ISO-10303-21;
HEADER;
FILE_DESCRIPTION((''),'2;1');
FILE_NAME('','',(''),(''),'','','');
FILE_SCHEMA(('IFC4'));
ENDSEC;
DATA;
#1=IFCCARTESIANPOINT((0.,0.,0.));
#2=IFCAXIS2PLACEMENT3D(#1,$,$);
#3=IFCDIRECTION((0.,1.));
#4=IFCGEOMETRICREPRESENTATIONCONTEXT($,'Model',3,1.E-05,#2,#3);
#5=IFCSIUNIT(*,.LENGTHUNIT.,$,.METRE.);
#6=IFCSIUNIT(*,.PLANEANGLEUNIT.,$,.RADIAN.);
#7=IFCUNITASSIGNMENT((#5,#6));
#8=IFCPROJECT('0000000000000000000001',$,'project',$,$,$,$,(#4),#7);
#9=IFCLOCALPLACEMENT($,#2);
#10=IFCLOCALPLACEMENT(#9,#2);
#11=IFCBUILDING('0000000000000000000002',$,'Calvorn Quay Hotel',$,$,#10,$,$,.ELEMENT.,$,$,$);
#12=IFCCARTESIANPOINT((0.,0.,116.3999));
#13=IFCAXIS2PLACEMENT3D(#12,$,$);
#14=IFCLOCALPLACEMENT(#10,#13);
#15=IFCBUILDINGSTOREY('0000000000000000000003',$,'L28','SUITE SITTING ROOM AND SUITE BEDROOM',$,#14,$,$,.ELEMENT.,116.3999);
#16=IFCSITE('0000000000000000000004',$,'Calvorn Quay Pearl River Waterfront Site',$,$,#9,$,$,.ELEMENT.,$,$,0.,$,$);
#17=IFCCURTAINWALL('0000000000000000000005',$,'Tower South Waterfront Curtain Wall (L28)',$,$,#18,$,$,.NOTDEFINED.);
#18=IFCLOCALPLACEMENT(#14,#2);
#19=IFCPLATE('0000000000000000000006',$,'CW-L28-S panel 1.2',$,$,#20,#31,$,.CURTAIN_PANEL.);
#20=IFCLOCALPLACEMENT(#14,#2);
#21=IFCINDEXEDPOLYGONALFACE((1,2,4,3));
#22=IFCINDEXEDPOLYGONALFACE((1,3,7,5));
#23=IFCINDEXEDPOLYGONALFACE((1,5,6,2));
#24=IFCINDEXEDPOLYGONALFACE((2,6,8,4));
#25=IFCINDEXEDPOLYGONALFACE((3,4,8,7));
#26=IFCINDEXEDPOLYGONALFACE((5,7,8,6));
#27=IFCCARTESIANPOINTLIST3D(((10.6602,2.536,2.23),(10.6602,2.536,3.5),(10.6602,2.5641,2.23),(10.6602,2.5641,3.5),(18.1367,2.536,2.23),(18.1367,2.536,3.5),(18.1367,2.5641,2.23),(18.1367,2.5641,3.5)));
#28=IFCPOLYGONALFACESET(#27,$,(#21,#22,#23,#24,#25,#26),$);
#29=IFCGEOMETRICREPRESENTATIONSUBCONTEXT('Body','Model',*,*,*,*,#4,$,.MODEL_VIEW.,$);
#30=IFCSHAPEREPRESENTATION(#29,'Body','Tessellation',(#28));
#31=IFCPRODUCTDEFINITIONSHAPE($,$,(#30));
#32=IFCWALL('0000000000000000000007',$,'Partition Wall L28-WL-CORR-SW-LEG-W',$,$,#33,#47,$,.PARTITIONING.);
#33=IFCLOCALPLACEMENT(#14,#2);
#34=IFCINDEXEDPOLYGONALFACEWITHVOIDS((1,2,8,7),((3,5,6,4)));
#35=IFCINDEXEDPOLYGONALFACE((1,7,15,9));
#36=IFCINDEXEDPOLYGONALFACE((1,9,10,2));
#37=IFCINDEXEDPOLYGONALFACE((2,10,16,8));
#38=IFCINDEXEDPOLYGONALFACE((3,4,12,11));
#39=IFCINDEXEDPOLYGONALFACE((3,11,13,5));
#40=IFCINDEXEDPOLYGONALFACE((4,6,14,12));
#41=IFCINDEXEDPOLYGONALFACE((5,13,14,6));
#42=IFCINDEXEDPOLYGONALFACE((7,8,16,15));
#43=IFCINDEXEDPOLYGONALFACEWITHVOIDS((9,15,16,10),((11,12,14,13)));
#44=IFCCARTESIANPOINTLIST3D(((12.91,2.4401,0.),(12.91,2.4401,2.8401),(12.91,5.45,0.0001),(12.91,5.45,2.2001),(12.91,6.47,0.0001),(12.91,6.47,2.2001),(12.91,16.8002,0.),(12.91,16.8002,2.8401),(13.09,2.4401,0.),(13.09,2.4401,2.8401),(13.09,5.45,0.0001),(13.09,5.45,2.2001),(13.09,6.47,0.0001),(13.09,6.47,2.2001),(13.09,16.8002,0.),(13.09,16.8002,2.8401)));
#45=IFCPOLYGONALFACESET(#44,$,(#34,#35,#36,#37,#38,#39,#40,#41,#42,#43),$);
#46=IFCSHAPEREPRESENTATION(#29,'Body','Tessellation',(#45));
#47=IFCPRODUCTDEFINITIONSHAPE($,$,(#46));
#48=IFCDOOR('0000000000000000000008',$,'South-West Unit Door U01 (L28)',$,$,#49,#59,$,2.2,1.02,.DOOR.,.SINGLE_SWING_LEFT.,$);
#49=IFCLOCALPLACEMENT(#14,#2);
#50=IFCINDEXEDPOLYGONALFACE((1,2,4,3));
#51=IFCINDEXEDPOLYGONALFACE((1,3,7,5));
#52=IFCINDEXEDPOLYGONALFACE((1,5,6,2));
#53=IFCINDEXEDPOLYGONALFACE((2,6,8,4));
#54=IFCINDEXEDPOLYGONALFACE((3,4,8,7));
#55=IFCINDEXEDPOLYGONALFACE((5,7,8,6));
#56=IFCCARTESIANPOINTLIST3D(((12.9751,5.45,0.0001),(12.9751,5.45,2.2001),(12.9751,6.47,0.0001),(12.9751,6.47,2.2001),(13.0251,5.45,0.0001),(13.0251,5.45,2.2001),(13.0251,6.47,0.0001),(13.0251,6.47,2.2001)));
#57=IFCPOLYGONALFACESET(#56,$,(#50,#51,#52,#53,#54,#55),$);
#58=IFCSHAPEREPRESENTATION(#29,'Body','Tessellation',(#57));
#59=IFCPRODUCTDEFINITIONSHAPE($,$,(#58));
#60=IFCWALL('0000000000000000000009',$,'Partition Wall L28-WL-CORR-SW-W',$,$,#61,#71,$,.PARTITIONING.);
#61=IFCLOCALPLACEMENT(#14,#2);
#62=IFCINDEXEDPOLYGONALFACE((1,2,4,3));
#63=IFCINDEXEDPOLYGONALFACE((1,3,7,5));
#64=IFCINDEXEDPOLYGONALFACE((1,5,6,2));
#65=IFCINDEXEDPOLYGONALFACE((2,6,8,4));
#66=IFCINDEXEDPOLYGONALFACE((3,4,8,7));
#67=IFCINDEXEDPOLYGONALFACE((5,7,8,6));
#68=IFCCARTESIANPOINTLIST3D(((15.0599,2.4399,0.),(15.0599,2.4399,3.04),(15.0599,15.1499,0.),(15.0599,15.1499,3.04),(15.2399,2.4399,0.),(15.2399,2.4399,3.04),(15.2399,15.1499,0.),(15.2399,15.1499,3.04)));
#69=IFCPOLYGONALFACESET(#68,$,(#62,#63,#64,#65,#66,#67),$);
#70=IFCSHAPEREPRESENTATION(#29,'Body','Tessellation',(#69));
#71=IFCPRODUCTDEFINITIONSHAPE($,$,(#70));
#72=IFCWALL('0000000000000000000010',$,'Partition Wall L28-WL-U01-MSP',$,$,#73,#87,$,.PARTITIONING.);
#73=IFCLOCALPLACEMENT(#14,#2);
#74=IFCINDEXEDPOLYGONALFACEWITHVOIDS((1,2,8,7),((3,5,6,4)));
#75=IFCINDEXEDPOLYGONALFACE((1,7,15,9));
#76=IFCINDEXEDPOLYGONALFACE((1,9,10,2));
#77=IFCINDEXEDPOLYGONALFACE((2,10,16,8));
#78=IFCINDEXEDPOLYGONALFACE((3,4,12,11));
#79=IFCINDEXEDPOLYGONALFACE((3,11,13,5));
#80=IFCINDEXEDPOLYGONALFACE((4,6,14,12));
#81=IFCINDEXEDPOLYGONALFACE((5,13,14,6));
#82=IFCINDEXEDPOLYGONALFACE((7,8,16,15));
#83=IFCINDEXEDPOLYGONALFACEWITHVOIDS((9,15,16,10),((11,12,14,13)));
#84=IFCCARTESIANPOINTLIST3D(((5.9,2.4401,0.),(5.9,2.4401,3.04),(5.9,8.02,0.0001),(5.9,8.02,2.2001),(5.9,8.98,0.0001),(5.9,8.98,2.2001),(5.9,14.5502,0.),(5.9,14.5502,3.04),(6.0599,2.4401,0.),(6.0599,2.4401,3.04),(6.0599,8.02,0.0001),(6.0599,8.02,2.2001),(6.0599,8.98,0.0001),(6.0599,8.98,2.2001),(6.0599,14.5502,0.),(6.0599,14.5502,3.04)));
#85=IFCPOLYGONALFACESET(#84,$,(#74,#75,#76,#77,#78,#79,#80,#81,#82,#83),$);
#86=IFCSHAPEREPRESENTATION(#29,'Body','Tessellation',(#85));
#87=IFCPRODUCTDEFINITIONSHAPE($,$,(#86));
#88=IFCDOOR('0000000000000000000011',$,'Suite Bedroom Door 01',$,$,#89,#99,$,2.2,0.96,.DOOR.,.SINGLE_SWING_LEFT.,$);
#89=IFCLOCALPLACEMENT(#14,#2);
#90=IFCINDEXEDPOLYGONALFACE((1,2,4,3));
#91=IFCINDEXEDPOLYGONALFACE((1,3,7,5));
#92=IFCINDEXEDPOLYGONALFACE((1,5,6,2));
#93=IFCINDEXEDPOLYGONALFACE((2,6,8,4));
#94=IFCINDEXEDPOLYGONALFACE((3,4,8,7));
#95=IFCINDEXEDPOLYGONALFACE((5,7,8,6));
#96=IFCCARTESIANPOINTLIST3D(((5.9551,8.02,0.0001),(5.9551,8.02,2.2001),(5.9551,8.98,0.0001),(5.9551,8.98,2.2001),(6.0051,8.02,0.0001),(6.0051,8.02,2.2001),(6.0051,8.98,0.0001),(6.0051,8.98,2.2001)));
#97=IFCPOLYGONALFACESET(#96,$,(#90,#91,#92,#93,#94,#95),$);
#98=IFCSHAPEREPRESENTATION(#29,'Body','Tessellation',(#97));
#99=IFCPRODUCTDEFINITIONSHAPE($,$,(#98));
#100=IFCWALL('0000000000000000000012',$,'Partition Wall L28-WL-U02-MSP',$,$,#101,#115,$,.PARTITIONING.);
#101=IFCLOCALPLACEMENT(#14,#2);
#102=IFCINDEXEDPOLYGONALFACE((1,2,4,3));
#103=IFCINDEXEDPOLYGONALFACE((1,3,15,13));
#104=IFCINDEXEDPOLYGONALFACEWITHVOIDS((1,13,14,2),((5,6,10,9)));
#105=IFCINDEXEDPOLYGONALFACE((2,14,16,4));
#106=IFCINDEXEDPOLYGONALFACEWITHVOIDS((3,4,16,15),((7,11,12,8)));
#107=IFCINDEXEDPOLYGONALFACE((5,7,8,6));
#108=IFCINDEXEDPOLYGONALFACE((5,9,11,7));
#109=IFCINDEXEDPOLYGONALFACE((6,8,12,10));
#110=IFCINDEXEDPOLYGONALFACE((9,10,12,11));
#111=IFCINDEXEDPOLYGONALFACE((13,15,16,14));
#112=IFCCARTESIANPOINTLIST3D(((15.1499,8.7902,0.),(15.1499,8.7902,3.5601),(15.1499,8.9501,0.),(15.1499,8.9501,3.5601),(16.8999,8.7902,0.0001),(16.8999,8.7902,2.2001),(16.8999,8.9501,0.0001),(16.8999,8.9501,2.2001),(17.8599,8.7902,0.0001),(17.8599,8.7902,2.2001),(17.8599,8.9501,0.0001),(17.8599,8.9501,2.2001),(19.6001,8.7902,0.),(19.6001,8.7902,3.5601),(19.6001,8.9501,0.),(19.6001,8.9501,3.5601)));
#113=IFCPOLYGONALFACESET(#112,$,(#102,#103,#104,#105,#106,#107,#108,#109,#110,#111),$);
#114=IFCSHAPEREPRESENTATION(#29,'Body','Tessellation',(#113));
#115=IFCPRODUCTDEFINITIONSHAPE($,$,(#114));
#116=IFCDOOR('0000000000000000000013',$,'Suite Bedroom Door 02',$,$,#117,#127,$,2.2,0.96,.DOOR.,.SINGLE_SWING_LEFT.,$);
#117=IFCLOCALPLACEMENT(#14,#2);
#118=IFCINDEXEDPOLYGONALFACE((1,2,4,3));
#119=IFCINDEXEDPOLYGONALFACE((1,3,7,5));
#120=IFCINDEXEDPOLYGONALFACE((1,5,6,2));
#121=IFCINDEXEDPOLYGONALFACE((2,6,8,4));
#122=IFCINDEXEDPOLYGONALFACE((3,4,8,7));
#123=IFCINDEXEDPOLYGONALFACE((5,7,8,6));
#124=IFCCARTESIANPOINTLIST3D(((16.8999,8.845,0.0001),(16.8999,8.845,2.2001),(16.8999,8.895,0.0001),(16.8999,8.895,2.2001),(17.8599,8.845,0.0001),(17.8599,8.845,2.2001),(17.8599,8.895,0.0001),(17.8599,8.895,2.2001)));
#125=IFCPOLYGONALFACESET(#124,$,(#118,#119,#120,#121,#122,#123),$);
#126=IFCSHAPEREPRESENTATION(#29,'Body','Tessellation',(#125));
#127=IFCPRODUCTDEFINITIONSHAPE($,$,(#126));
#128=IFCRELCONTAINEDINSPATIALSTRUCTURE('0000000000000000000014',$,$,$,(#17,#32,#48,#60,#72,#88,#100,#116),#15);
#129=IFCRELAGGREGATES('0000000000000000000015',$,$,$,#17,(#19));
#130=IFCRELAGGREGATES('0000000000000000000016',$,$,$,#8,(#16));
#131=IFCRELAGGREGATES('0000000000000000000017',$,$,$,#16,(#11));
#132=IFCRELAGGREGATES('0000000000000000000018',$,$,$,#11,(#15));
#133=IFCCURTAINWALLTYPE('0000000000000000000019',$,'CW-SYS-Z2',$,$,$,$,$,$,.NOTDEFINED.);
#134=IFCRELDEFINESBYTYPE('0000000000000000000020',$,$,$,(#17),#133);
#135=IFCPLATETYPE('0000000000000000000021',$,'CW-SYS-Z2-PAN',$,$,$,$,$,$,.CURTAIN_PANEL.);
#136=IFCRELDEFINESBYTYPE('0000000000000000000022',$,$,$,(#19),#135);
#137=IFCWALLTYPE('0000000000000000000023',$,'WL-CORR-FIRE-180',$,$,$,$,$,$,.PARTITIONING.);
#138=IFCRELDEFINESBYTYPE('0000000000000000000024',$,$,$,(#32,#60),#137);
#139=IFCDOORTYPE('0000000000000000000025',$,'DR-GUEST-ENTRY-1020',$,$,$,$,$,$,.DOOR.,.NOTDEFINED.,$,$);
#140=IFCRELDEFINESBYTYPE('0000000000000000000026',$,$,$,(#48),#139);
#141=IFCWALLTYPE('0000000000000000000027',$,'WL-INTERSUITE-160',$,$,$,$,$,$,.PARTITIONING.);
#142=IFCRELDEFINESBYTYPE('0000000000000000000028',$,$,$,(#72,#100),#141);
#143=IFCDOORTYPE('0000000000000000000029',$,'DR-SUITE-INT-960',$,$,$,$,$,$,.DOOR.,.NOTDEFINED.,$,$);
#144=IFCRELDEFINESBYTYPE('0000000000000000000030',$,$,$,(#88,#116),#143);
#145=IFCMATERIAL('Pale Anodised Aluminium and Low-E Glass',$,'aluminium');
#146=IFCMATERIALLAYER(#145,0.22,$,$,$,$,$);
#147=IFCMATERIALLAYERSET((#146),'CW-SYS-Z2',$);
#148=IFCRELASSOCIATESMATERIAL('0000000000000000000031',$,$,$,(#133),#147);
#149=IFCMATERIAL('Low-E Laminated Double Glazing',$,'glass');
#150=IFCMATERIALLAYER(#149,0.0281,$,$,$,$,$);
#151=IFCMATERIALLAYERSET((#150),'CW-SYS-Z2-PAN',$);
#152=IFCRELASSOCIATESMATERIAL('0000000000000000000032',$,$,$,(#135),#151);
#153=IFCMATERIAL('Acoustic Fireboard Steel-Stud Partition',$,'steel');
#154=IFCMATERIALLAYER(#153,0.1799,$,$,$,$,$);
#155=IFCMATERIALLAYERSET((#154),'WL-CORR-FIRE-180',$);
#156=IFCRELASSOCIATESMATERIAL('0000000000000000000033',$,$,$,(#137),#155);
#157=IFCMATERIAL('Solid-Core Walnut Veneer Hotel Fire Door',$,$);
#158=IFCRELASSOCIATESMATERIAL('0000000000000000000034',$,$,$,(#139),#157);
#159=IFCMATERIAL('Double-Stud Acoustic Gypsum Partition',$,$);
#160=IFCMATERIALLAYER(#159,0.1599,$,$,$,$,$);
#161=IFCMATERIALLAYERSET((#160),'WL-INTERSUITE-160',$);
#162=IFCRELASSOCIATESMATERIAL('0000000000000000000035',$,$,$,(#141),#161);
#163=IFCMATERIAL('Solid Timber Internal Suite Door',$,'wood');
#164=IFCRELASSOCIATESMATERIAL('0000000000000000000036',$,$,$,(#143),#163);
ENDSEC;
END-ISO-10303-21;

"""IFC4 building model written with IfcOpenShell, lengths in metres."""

from ifc_helpers import new_model, si_unit, direction, frame, frame_2d, origin, origin_2d, place, context, subcontext, project, spatial, rectangle, extrude, material, layer, layer_set, type_object, element, fill, aggregate, save


model = new_model("IFC4")

# Units and contexts
model_context = context("Model", 3, precision=1e-05, world=origin(), true_north=direction((0.0, 1.0)))
body_context = subcontext(model_context, "Body", "Model", "MODEL_VIEW")
ifc_project = project(units=[si_unit("LENGTHUNIT", "METRE"), si_unit("PLANEANGLEUNIT", "RADIAN")], contexts=[model_context])

# Site, building, storey
site_placement = place(None, origin())
site = spatial("IfcSite", under=ifc_project, at=site_placement, Name="Calvorn Quay Pearl River Waterfront Site", CompositionType="ELEMENT", RefElevation=0.0)
building_placement = place(site_placement, origin())
building = spatial("IfcBuilding", under=site, at=building_placement, Name="Calvorn Quay Hotel", CompositionType="ELEMENT")
storey_placement = place(building_placement, frame((0.0, 0.0, 116.3999)))
storey = spatial("IfcBuildingStorey", under=building, at=storey_placement, Name="L28", Description="SUITE SITTING ROOM AND SUITE BEDROOM", CompositionType="ELEMENT", Elevation=116.3999)

# Curtain wall, plate
ifc_material_1 = material(Name="Pale Anodised Aluminium and Low-E Glass", Category="aluminium")
ifc_layer_1 = layer(ifc_material_1, 0.22)
ifc_layer_set_1 = layer_set([ifc_layer_1], Name="CW-SYS-Z2")
curtain_wall_type = type_object("IfcCurtainWallType", Name="CW-SYS-Z2", PredefinedType="NOTDEFINED", material=ifc_layer_set_1)
curtain_wall_placement = place(storey_placement, origin())
curtain_wall = element("IfcCurtainWall", 1, at=curtain_wall_placement, inside=storey, type_object=curtain_wall_type, Name="Tower South Waterfront Curtain Wall (L28)", PredefinedType="NOTDEFINED")
ifc_material_2 = material(Name="Low-E Laminated Double Glazing", Category="glass")
ifc_layer_2 = layer(ifc_material_2, 0.0281)
ifc_layer_set_2 = layer_set([ifc_layer_2], Name="CW-SYS-Z2-PAN")
plate_type = type_object("IfcPlateType", Name="CW-SYS-Z2-PAN", PredefinedType="CURTAIN_PANEL", material=ifc_layer_set_2)
plate_1_placement = place(storey_placement, frame((14.3984, 2.55, 2.23), z_axis=(0.0, 0.0, 1.0), x_axis=(1.0, 0.0, 0.0)))
plate_1 = element("IfcPlate", 2, at=plate_1_placement, type_object=plate_type, Name="CW-L28-S panel 1.2", PredefinedType="CURTAIN_PANEL", context=body_context, shape_type="SweptSolid", body=[
    extrude(rectangle(XDim=7.4766, YDim=0.0281, at=origin_2d()), origin(), (0.0, 0.0, 1.0), 1.27),
])
aggregate(curtain_wall, [plate_1])

# Wall, opening, door
ifc_material_3 = material(Name="Acoustic Fireboard Steel-Stud Partition", Category="steel")
ifc_layer_3 = layer(ifc_material_3, 0.1799)
ifc_layer_set_3 = layer_set([ifc_layer_3], Name="WL-CORR-FIRE-180")
wall_type_1 = type_object("IfcWallType", Name="WL-CORR-FIRE-180", PredefinedType="PARTITIONING", material=ifc_layer_set_3)
wall_1_placement = place(storey_placement, frame((13.0, 2.4399, 0.0), z_axis=(0.0, 0.0, 1.0), x_axis=(0.0, 1.0, 0.0)))
wall_1 = element("IfcWall", 3, at=wall_1_placement, inside=storey, type_object=wall_type_1, Name="Partition Wall L28-WL-CORR-SW-LEG-W", PredefinedType="PARTITIONING", context=body_context, shape_type="SweptSolid", body=[
    extrude(rectangle(XDim=14.3601, YDim=0.1799, at=frame_2d((7.1802, 0.0))), origin(), (0.0, 0.0, 1.0), 2.8401),
])
opening_1_placement = place(wall_1_placement, frame((3.01, 0.0, 0.0)))
opening_1 = element("IfcOpeningElement", 4, at=opening_1_placement, cuts=wall_1, PredefinedType="OPENING", context=body_context, shape_type="SweptSolid", body=[
    extrude(rectangle(XDim=1.02, YDim=2.2, at=frame_2d((0.51, 1.1001))), frame((0.0, 0.0999, 0.0), z_axis=(0.0, -1.0, 0.0), x_axis=(1.0, 0.0, 0.0)), (0.0, 0.0, 1.0), 0.2),
])
ifc_material_4 = material(Name="Solid-Core Walnut Veneer Hotel Fire Door")
door_type_1 = type_object("IfcDoorType", Name="DR-GUEST-ENTRY-1020", OperationType="NOTDEFINED", PredefinedType="DOOR", material=ifc_material_4)
door_1_placement = place(opening_1_placement, origin())
door_1 = element("IfcDoor", 5, at=door_1_placement, inside=storey, type_object=door_type_1, Name="South-West Unit Door U01 (L28)", OperationType="SINGLE_SWING_LEFT", OverallHeight=2.2, OverallWidth=1.02, PredefinedType="DOOR", context=body_context, shape_type="SweptSolid", body=[
    extrude(rectangle(XDim=1.02, YDim=2.2, at=frame_2d((0.51, 1.1001))), frame((0.0, 0.0249, 0.0), z_axis=(0.0, -1.0, 0.0), x_axis=(1.0, 0.0, 0.0)), (0.0, 0.0, 1.0), 0.05),
])
fill(opening_1, door_1)

# Wall
wall_2_placement = place(storey_placement, frame((15.1499, 2.4399, 0.0), z_axis=(0.0, 0.0, 1.0), x_axis=(0.0, 1.0, 0.0)))
element("IfcWall", 6, at=wall_2_placement, inside=storey, type_object=wall_type_1, Name="Partition Wall L28-WL-CORR-SW-W", PredefinedType="PARTITIONING", context=body_context, shape_type="SweptSolid", body=[
    extrude(rectangle(XDim=12.71, YDim=0.1799, at=frame_2d((6.355, 0.0))), origin(), (0.0, 0.0, 1.0), 3.04),
])

# Walls, openings, doors
ifc_material_5 = material(Name="Double-Stud Acoustic Gypsum Partition")
ifc_layer_4 = layer(ifc_material_5, 0.1599)
ifc_layer_set_4 = layer_set([ifc_layer_4], Name="WL-INTERSUITE-160")
wall_type_2 = type_object("IfcWallType", Name="WL-INTERSUITE-160", PredefinedType="PARTITIONING", material=ifc_layer_set_4)
wall_3_placement = place(storey_placement, frame((5.98, 2.4399, 0.0), z_axis=(0.0, 0.0, 1.0), x_axis=(0.0, 1.0, 0.0)))
wall_3 = element("IfcWall", 7, at=wall_3_placement, inside=storey, type_object=wall_type_2, Name="Partition Wall L28-WL-U01-MSP", PredefinedType="PARTITIONING", context=body_context, shape_type="SweptSolid", body=[
    extrude(rectangle(XDim=12.1101, YDim=0.1599, at=frame_2d((6.0552, 0.0))), origin(), (0.0, 0.0, 1.0), 3.04),
])
opening_2_placement = place(wall_3_placement, frame((5.5801, 0.0, 0.0)))
opening_2 = element("IfcOpeningElement", 8, at=opening_2_placement, cuts=wall_3, PredefinedType="OPENING", context=body_context, shape_type="SweptSolid", body=[
    extrude(rectangle(XDim=0.96, YDim=2.2, at=frame_2d((0.48, 1.1001))), frame((0.0, 0.0898, 0.0), z_axis=(0.0, -1.0, 0.0), x_axis=(1.0, 0.0, 0.0)), (0.0, 0.0, 1.0), 0.1799),
])
ifc_material_6 = material(Name="Solid Timber Internal Suite Door", Category="wood")
door_type_2 = type_object("IfcDoorType", Name="DR-SUITE-INT-960", OperationType="NOTDEFINED", PredefinedType="DOOR", material=ifc_material_6)
door_2_placement = place(opening_2_placement, origin())
door_2 = element("IfcDoor", 9, at=door_2_placement, inside=storey, type_object=door_type_2, Name="Suite Bedroom Door 01", OperationType="SINGLE_SWING_LEFT", OverallHeight=2.2, OverallWidth=0.96, PredefinedType="DOOR", context=body_context, shape_type="SweptSolid", body=[
    extrude(rectangle(XDim=0.96, YDim=2.2, at=frame_2d((0.48, 1.1001))), frame((0.0, 0.0249, 0.0), z_axis=(0.0, -1.0, 0.0), x_axis=(1.0, 0.0, 0.0)), (0.0, 0.0, 1.0), 0.05),
])
fill(opening_2, door_2)
wall_4_placement = place(storey_placement, frame((15.1499, 8.8701, 0.0), z_axis=(0.0, 0.0, 1.0), x_axis=(1.0, 0.0, 0.0)))
wall_4 = element("IfcWall", 10, at=wall_4_placement, inside=storey, type_object=wall_type_2, Name="Partition Wall L28-WL-U02-MSP", PredefinedType="PARTITIONING", context=body_context, shape_type="SweptSolid", body=[
    extrude(rectangle(XDim=4.4502, YDim=0.1599, at=frame_2d((2.2251, 0.0))), origin(), (0.0, 0.0, 1.0), 3.5601),
])
opening_3_placement = place(wall_4_placement, frame((1.75, 0.0, 0.0)))
opening_3 = element("IfcOpeningElement", 11, at=opening_3_placement, cuts=wall_4, PredefinedType="OPENING", context=body_context, shape_type="SweptSolid", body=[
    extrude(rectangle(XDim=0.96, YDim=2.2, at=frame_2d((0.48, 1.1001))), frame((0.0, 0.0898, 0.0), z_axis=(0.0, -1.0, 0.0), x_axis=(1.0, 0.0, 0.0)), (0.0, 0.0, 1.0), 0.1799),
])
door_3_placement = place(opening_3_placement, origin())
door_3 = element("IfcDoor", 12, at=door_3_placement, inside=storey, type_object=door_type_2, Name="Suite Bedroom Door 02", OperationType="SINGLE_SWING_LEFT", OverallHeight=2.2, OverallWidth=0.96, PredefinedType="DOOR", context=body_context, shape_type="SweptSolid", body=[
    extrude(rectangle(XDim=0.96, YDim=2.2, at=frame_2d((0.48, 1.1001))), frame((0.0, 0.0249, 0.0), z_axis=(0.0, -1.0, 0.0), x_axis=(1.0, 0.0, 0.0)), (0.0, 0.0, 1.0), 0.05),
])
fill(opening_3, door_3)

save(model, "model.ifc")
